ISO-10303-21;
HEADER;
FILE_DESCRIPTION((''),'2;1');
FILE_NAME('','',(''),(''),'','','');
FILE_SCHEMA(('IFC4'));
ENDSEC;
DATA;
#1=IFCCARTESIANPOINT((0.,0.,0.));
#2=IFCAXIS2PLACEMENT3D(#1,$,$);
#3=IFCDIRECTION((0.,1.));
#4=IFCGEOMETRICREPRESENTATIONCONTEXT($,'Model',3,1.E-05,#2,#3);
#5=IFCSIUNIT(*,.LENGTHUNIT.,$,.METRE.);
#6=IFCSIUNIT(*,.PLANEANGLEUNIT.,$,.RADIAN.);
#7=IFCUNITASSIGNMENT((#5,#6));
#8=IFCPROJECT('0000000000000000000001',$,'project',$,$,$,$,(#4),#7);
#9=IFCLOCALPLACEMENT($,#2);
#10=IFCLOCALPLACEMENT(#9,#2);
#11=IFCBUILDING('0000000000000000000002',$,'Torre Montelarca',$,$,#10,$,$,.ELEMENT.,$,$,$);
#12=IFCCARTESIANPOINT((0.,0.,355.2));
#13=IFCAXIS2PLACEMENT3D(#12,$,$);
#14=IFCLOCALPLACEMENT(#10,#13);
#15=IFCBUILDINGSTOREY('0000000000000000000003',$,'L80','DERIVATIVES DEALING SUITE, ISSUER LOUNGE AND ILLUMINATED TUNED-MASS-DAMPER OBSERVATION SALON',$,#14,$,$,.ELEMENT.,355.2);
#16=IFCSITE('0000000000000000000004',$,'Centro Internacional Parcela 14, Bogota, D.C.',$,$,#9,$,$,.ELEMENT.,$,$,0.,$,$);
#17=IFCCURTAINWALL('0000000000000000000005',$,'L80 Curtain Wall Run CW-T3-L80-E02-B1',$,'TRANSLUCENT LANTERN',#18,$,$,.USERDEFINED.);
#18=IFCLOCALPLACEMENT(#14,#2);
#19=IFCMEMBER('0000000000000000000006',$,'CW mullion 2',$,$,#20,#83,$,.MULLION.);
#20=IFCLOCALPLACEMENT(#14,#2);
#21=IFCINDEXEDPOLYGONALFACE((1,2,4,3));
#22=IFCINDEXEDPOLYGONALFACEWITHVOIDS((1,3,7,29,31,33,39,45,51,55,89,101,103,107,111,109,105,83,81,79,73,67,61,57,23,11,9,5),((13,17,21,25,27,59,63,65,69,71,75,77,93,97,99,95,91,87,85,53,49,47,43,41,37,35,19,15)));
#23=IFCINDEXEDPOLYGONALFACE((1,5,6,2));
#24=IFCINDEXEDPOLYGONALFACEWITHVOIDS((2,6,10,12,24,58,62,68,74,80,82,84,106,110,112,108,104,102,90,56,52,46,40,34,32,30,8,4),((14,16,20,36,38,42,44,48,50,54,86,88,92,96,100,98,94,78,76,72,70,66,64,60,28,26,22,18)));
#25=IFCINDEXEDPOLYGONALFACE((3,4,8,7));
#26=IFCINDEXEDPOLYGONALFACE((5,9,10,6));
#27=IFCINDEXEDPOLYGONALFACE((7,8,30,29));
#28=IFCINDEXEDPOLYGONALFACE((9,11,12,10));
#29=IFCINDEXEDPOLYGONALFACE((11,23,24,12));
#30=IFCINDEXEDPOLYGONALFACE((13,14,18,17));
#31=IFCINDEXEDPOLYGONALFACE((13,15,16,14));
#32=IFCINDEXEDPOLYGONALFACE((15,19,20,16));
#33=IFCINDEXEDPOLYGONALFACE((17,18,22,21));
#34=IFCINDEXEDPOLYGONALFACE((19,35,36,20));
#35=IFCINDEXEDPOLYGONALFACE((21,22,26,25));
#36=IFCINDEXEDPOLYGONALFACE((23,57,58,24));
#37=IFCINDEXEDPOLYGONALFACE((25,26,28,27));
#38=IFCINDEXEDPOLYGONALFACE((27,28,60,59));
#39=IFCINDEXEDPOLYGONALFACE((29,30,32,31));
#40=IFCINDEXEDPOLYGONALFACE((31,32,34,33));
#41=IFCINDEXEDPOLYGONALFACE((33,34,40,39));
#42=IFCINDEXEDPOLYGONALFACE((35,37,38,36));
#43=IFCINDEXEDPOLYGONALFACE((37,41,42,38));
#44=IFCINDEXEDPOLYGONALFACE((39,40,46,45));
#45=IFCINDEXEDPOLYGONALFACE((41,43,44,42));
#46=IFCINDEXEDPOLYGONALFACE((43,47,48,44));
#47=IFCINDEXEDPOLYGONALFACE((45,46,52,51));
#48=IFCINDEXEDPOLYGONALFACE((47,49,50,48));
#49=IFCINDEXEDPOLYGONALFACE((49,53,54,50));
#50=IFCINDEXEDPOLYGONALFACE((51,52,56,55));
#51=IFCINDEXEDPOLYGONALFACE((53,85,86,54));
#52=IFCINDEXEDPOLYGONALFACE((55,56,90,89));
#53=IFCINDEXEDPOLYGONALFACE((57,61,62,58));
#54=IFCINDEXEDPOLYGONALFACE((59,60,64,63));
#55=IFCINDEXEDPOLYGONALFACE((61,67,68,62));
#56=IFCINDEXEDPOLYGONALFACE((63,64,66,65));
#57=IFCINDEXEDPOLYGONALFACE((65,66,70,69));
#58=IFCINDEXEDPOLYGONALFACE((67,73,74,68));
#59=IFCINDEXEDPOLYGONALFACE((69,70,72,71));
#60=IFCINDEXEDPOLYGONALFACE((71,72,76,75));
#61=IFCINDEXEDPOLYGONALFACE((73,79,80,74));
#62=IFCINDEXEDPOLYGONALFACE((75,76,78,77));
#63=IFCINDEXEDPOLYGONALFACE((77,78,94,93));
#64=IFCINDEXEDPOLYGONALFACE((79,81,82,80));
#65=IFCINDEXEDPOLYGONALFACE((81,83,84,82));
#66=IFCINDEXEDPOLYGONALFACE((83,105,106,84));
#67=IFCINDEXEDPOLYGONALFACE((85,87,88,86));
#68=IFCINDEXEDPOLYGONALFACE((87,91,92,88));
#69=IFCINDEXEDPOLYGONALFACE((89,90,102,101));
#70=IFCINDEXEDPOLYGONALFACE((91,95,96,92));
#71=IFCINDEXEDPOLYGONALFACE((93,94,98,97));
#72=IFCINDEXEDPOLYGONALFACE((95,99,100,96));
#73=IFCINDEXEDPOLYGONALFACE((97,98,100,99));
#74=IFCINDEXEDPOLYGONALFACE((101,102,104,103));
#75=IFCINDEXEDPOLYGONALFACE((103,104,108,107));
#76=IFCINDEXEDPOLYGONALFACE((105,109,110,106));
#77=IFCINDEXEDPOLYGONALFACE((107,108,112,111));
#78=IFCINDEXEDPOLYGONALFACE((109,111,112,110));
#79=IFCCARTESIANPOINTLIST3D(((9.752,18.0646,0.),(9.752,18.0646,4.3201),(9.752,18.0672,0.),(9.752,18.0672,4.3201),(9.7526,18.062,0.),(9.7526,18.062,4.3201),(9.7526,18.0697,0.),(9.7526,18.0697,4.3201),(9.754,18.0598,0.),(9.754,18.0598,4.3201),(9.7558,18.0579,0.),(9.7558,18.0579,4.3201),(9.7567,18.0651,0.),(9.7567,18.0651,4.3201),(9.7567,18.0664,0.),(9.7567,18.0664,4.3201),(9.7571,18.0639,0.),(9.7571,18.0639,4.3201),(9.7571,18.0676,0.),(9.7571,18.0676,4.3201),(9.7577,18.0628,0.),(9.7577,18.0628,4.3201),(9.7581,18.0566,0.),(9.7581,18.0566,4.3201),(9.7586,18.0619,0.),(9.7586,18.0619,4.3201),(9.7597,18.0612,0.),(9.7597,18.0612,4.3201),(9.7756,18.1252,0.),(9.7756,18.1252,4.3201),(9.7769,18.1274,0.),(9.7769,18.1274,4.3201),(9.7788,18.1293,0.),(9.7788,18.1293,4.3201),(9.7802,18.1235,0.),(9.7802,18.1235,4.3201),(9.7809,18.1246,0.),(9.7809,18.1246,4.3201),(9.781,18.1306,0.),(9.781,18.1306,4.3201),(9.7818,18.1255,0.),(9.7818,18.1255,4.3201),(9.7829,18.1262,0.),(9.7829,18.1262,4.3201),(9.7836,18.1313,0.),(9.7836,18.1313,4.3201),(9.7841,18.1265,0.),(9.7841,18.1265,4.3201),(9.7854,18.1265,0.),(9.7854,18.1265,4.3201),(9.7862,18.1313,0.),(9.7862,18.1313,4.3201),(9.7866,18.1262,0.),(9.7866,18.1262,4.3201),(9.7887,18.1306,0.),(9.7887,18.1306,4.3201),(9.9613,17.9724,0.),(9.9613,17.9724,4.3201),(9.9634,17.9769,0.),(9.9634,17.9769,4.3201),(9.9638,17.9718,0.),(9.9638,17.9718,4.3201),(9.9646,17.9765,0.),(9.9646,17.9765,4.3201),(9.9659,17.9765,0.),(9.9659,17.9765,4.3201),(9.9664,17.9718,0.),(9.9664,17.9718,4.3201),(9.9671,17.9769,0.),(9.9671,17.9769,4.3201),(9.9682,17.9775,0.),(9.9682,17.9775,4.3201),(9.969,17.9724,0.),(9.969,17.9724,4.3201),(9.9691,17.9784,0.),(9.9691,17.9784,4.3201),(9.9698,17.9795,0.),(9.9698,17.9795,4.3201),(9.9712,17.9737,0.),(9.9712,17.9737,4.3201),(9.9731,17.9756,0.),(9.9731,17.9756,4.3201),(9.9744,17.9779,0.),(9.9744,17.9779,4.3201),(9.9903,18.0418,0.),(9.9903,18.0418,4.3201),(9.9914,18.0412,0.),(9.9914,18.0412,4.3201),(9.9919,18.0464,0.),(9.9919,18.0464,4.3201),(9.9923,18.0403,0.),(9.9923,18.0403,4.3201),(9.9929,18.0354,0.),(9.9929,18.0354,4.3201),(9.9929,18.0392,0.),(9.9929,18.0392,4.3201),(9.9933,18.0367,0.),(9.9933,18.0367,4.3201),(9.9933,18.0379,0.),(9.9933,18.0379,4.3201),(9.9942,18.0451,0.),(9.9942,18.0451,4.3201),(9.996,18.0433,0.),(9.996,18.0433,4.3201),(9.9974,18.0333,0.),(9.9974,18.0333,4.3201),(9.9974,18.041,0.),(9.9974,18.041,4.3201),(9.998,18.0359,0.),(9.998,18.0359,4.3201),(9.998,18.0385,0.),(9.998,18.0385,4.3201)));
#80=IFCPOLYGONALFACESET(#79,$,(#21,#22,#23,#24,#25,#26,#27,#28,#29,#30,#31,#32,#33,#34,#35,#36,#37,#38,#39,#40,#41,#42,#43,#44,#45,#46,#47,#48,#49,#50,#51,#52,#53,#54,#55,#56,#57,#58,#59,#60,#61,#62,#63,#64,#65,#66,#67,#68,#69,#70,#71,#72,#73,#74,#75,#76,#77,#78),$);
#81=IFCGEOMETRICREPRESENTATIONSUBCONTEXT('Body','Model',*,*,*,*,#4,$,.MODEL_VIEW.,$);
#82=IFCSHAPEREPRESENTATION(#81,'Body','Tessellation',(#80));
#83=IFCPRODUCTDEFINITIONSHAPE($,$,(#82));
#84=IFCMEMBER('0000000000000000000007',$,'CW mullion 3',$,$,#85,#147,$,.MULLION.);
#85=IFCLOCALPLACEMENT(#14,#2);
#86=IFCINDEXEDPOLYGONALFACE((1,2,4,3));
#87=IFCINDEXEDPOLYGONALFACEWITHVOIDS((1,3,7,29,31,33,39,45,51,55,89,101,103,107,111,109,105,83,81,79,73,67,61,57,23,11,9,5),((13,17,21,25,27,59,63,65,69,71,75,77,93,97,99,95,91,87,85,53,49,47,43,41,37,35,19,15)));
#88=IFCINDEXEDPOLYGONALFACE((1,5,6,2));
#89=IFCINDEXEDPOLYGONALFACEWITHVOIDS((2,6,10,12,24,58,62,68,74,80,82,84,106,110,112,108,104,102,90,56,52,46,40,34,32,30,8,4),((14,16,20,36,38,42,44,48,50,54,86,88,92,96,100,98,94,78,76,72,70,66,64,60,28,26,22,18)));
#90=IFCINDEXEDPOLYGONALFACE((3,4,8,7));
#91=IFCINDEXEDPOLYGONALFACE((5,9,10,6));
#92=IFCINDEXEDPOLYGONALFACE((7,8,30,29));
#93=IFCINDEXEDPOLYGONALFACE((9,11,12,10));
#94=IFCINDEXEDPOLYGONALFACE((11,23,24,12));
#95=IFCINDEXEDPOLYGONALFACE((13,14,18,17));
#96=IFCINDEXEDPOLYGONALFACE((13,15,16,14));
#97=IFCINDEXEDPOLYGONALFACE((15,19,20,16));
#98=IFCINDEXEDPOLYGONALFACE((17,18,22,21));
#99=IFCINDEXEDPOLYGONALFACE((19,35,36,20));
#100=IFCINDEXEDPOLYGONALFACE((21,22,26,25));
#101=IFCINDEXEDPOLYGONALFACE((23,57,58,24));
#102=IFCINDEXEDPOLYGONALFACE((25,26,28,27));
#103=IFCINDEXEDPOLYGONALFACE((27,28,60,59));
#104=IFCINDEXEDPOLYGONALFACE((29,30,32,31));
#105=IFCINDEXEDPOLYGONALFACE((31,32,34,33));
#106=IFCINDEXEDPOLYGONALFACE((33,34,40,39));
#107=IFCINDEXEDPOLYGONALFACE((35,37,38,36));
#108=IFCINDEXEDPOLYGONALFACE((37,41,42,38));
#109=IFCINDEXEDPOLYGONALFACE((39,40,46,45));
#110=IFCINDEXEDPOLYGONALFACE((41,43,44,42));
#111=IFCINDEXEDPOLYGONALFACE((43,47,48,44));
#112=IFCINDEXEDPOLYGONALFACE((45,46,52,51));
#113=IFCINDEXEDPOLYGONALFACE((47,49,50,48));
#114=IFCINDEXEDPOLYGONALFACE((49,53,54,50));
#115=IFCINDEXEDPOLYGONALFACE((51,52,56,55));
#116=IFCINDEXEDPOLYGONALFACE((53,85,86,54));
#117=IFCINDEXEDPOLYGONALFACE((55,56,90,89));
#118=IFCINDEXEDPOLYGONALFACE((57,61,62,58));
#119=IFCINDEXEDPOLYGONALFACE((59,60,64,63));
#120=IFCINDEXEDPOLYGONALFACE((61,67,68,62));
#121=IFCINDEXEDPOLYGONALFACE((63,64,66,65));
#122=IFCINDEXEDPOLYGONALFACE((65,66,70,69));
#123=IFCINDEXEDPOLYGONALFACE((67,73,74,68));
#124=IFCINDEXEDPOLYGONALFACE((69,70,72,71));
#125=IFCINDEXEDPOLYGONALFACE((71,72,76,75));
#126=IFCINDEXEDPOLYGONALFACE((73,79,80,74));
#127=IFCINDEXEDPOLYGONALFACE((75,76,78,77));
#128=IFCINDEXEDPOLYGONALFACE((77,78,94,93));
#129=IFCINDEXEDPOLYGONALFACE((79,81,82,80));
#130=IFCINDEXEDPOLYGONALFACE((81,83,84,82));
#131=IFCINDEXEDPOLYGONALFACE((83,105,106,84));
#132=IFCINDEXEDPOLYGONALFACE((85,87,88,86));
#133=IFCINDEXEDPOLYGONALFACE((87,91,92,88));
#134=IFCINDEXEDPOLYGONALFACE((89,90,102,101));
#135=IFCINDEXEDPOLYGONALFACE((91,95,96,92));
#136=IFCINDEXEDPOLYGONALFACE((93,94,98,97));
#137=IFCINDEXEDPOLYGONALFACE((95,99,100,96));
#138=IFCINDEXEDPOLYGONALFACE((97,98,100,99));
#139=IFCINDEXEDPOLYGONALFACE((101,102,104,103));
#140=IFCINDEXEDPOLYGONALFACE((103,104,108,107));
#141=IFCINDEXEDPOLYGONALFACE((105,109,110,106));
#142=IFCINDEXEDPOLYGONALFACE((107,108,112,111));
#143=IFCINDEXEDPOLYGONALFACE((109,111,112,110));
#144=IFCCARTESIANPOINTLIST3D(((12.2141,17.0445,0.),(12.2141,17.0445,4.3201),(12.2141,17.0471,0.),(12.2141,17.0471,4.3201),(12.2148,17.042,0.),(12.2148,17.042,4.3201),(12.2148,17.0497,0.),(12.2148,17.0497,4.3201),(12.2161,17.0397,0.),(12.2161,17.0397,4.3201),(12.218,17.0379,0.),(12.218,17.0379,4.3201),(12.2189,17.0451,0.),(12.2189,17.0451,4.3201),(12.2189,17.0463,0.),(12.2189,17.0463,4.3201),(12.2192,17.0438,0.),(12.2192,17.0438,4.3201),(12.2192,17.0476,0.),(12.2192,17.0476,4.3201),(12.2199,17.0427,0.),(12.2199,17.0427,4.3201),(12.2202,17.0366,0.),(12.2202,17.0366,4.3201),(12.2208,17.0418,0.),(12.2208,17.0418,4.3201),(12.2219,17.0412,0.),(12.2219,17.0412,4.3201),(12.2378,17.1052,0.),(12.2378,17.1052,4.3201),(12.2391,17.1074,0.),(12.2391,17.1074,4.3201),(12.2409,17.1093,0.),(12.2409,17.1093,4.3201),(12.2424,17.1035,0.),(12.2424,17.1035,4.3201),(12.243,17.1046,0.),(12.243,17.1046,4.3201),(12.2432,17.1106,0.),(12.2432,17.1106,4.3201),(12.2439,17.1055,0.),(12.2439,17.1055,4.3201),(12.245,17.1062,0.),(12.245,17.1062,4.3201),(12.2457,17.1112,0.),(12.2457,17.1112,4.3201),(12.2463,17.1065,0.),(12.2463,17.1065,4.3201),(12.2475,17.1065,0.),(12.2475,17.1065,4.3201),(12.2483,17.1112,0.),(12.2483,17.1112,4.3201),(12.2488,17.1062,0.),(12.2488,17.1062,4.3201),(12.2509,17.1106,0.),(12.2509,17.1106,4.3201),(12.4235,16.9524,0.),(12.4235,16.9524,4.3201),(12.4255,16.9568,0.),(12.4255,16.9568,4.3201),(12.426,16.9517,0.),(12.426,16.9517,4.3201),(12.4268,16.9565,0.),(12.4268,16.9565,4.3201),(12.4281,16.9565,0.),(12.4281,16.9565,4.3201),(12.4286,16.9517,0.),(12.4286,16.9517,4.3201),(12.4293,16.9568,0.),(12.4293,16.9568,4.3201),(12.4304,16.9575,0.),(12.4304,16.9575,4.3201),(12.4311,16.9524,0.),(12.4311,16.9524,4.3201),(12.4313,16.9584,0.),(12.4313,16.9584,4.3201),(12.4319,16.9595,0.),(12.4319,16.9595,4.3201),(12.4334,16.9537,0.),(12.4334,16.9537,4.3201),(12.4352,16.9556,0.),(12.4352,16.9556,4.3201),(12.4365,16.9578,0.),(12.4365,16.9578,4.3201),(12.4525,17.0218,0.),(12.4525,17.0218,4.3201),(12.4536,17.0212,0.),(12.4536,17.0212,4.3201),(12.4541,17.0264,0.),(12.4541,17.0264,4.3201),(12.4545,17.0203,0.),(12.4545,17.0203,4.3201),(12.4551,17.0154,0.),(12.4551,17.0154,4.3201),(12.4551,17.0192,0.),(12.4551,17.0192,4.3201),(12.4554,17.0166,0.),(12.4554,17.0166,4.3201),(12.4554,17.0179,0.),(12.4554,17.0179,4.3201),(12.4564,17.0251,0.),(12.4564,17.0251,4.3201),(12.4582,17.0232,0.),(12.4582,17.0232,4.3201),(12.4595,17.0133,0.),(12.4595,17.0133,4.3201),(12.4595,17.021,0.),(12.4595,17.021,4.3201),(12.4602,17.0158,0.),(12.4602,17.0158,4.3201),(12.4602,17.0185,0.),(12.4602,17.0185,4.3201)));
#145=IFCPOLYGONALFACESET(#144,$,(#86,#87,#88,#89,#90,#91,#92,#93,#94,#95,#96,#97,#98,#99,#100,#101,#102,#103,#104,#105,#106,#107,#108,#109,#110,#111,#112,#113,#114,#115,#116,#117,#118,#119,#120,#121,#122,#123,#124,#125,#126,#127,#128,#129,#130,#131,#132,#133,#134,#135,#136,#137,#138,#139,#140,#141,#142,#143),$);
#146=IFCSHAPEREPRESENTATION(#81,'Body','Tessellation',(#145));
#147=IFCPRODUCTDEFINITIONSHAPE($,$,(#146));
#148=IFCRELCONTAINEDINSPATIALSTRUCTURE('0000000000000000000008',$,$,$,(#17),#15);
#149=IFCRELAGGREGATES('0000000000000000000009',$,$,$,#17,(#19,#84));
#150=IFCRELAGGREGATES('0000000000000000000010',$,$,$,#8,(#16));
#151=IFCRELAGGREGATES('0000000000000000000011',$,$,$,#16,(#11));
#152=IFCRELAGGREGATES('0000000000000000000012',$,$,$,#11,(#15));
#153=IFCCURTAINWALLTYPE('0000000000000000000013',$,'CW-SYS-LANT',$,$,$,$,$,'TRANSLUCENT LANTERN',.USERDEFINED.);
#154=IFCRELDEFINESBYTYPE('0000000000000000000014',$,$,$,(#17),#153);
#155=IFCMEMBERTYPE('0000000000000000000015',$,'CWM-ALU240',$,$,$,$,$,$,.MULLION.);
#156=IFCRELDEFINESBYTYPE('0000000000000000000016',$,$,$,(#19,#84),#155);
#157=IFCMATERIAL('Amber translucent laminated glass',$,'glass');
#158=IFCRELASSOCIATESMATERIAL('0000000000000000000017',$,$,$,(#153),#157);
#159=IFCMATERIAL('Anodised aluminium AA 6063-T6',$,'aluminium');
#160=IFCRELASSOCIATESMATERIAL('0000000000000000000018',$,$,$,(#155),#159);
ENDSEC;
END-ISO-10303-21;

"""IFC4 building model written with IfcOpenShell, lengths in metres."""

from ifc_helpers import new_model, si_unit, direction, frame, origin, origin_2d, place, context, subcontext, project, spatial, hollow_rectangle, extrude, source, transform, mapped, material, material_profile, profile_set, type_object, element, aggregate, save


model = new_model("IFC4")

# Units and contexts
model_context = context("Model", 3, precision=1e-05, world=origin(), true_north=direction((0.0, 1.0)))
body_context = subcontext(model_context, "Body", "Model", "MODEL_VIEW")
ifc_project = project(units=[si_unit("LENGTHUNIT", "METRE"), si_unit("PLANEANGLEUNIT", "RADIAN")], contexts=[model_context])

# Site, building, storey
site_placement = place(None, origin())
site = spatial("IfcSite", under=ifc_project, at=site_placement, Name="Centro Internacional Parcela 14, Bogota, D.C.", CompositionType="ELEMENT", RefElevation=0.0)
building_placement = place(site_placement, origin())
building = spatial("IfcBuilding", under=site, at=building_placement, Name="Torre Montelarca", CompositionType="ELEMENT")
storey_placement = place(building_placement, frame((0.0, 0.0, 355.2)))
storey = spatial("IfcBuildingStorey", under=building, at=storey_placement, Name="L80", Description="DERIVATIVES DEALING SUITE, ISSUER LOUNGE AND ILLUMINATED TUNED-MASS-DAMPER OBSERVATION SALON", CompositionType="ELEMENT", Elevation=355.2)

# Curtain wall
ifc_material_1 = material(Name="Amber translucent laminated glass", Category="glass")
curtain_wall_type = type_object("IfcCurtainWallType", Name="CW-SYS-LANT", ElementType="TRANSLUCENT LANTERN", PredefinedType="USERDEFINED", material=ifc_material_1)
curtain_wall_1_placement = place(storey_placement, origin())
curtain_wall_1 = element("IfcCurtainWall", 1, at=curtain_wall_1_placement, inside=storey, type_object=curtain_wall_type, Name="L80 Curtain Wall Run CW-T3-L80-E02-B1", ObjectType="TRANSLUCENT LANTERN", PredefinedType="USERDEFINED")
ifc_material_2 = material(Name="Anodised aluminium AA 6063-T6", Category="aluminium")

# Members
ifc_material_profile_1 = material_profile(ifc_material_2, hollow_rectangle(XDim=0.0801, YDim=0.24, WallThickness=0.0049, InnerFilletRadius=0.0049, OuterFilletRadius=0.01, at=origin_2d()), Name="ALU80X240X5", Category="aluminium")
ifc_profile_set_1 = profile_set([ifc_material_profile_1], Name="Anodised aluminium AA 6063-T6")
member_type_1 = type_object("IfcMemberType", Name="CWM-ALU240", PredefinedType="MULLION", material=ifc_profile_set_1)
shared_shape_1 = source(origin(), body_context, "Body", "SweptSolid", [
    extrude(hollow_rectangle(XDim=0.0801, YDim=0.24, WallThickness=0.0049, InnerFilletRadius=0.0049, OuterFilletRadius=0.01, at=origin_2d()), origin(), (0.0, 0.0, 1.0), 4.3201),
])
member_1_placement = place(storey_placement, frame((9.875, 18.0515, 0.0), z_axis=(0.0, 0.0, 1.0), x_axis=(0.382664, 0.923888, 0.0)))
member_1 = element("IfcMember", 2, at=member_1_placement, type_object=member_type_1, Name="CW mullion 2", PredefinedType="MULLION", context=body_context, shape_type="MappedRepresentation", body=[
    mapped(shared_shape_1, transform((0.0, 0.0, 0.0), scale=1.0)),
])
member_2_placement = place(storey_placement, frame((12.3372, 17.0315, 0.0), z_axis=(0.0, 0.0, 1.0), x_axis=(0.382664, 0.923888, 0.0)))
member_2 = element("IfcMember", 3, at=member_2_placement, type_object=member_type_1, Name="CW mullion 3", PredefinedType="MULLION", context=body_context, shape_type="MappedRepresentation", body=[
    mapped(shared_shape_1, transform((0.0, 0.0, 0.0), scale=1.0)),
])

aggregate(curtain_wall_1, [member_1, member_2])

save(model, "model.ifc")
